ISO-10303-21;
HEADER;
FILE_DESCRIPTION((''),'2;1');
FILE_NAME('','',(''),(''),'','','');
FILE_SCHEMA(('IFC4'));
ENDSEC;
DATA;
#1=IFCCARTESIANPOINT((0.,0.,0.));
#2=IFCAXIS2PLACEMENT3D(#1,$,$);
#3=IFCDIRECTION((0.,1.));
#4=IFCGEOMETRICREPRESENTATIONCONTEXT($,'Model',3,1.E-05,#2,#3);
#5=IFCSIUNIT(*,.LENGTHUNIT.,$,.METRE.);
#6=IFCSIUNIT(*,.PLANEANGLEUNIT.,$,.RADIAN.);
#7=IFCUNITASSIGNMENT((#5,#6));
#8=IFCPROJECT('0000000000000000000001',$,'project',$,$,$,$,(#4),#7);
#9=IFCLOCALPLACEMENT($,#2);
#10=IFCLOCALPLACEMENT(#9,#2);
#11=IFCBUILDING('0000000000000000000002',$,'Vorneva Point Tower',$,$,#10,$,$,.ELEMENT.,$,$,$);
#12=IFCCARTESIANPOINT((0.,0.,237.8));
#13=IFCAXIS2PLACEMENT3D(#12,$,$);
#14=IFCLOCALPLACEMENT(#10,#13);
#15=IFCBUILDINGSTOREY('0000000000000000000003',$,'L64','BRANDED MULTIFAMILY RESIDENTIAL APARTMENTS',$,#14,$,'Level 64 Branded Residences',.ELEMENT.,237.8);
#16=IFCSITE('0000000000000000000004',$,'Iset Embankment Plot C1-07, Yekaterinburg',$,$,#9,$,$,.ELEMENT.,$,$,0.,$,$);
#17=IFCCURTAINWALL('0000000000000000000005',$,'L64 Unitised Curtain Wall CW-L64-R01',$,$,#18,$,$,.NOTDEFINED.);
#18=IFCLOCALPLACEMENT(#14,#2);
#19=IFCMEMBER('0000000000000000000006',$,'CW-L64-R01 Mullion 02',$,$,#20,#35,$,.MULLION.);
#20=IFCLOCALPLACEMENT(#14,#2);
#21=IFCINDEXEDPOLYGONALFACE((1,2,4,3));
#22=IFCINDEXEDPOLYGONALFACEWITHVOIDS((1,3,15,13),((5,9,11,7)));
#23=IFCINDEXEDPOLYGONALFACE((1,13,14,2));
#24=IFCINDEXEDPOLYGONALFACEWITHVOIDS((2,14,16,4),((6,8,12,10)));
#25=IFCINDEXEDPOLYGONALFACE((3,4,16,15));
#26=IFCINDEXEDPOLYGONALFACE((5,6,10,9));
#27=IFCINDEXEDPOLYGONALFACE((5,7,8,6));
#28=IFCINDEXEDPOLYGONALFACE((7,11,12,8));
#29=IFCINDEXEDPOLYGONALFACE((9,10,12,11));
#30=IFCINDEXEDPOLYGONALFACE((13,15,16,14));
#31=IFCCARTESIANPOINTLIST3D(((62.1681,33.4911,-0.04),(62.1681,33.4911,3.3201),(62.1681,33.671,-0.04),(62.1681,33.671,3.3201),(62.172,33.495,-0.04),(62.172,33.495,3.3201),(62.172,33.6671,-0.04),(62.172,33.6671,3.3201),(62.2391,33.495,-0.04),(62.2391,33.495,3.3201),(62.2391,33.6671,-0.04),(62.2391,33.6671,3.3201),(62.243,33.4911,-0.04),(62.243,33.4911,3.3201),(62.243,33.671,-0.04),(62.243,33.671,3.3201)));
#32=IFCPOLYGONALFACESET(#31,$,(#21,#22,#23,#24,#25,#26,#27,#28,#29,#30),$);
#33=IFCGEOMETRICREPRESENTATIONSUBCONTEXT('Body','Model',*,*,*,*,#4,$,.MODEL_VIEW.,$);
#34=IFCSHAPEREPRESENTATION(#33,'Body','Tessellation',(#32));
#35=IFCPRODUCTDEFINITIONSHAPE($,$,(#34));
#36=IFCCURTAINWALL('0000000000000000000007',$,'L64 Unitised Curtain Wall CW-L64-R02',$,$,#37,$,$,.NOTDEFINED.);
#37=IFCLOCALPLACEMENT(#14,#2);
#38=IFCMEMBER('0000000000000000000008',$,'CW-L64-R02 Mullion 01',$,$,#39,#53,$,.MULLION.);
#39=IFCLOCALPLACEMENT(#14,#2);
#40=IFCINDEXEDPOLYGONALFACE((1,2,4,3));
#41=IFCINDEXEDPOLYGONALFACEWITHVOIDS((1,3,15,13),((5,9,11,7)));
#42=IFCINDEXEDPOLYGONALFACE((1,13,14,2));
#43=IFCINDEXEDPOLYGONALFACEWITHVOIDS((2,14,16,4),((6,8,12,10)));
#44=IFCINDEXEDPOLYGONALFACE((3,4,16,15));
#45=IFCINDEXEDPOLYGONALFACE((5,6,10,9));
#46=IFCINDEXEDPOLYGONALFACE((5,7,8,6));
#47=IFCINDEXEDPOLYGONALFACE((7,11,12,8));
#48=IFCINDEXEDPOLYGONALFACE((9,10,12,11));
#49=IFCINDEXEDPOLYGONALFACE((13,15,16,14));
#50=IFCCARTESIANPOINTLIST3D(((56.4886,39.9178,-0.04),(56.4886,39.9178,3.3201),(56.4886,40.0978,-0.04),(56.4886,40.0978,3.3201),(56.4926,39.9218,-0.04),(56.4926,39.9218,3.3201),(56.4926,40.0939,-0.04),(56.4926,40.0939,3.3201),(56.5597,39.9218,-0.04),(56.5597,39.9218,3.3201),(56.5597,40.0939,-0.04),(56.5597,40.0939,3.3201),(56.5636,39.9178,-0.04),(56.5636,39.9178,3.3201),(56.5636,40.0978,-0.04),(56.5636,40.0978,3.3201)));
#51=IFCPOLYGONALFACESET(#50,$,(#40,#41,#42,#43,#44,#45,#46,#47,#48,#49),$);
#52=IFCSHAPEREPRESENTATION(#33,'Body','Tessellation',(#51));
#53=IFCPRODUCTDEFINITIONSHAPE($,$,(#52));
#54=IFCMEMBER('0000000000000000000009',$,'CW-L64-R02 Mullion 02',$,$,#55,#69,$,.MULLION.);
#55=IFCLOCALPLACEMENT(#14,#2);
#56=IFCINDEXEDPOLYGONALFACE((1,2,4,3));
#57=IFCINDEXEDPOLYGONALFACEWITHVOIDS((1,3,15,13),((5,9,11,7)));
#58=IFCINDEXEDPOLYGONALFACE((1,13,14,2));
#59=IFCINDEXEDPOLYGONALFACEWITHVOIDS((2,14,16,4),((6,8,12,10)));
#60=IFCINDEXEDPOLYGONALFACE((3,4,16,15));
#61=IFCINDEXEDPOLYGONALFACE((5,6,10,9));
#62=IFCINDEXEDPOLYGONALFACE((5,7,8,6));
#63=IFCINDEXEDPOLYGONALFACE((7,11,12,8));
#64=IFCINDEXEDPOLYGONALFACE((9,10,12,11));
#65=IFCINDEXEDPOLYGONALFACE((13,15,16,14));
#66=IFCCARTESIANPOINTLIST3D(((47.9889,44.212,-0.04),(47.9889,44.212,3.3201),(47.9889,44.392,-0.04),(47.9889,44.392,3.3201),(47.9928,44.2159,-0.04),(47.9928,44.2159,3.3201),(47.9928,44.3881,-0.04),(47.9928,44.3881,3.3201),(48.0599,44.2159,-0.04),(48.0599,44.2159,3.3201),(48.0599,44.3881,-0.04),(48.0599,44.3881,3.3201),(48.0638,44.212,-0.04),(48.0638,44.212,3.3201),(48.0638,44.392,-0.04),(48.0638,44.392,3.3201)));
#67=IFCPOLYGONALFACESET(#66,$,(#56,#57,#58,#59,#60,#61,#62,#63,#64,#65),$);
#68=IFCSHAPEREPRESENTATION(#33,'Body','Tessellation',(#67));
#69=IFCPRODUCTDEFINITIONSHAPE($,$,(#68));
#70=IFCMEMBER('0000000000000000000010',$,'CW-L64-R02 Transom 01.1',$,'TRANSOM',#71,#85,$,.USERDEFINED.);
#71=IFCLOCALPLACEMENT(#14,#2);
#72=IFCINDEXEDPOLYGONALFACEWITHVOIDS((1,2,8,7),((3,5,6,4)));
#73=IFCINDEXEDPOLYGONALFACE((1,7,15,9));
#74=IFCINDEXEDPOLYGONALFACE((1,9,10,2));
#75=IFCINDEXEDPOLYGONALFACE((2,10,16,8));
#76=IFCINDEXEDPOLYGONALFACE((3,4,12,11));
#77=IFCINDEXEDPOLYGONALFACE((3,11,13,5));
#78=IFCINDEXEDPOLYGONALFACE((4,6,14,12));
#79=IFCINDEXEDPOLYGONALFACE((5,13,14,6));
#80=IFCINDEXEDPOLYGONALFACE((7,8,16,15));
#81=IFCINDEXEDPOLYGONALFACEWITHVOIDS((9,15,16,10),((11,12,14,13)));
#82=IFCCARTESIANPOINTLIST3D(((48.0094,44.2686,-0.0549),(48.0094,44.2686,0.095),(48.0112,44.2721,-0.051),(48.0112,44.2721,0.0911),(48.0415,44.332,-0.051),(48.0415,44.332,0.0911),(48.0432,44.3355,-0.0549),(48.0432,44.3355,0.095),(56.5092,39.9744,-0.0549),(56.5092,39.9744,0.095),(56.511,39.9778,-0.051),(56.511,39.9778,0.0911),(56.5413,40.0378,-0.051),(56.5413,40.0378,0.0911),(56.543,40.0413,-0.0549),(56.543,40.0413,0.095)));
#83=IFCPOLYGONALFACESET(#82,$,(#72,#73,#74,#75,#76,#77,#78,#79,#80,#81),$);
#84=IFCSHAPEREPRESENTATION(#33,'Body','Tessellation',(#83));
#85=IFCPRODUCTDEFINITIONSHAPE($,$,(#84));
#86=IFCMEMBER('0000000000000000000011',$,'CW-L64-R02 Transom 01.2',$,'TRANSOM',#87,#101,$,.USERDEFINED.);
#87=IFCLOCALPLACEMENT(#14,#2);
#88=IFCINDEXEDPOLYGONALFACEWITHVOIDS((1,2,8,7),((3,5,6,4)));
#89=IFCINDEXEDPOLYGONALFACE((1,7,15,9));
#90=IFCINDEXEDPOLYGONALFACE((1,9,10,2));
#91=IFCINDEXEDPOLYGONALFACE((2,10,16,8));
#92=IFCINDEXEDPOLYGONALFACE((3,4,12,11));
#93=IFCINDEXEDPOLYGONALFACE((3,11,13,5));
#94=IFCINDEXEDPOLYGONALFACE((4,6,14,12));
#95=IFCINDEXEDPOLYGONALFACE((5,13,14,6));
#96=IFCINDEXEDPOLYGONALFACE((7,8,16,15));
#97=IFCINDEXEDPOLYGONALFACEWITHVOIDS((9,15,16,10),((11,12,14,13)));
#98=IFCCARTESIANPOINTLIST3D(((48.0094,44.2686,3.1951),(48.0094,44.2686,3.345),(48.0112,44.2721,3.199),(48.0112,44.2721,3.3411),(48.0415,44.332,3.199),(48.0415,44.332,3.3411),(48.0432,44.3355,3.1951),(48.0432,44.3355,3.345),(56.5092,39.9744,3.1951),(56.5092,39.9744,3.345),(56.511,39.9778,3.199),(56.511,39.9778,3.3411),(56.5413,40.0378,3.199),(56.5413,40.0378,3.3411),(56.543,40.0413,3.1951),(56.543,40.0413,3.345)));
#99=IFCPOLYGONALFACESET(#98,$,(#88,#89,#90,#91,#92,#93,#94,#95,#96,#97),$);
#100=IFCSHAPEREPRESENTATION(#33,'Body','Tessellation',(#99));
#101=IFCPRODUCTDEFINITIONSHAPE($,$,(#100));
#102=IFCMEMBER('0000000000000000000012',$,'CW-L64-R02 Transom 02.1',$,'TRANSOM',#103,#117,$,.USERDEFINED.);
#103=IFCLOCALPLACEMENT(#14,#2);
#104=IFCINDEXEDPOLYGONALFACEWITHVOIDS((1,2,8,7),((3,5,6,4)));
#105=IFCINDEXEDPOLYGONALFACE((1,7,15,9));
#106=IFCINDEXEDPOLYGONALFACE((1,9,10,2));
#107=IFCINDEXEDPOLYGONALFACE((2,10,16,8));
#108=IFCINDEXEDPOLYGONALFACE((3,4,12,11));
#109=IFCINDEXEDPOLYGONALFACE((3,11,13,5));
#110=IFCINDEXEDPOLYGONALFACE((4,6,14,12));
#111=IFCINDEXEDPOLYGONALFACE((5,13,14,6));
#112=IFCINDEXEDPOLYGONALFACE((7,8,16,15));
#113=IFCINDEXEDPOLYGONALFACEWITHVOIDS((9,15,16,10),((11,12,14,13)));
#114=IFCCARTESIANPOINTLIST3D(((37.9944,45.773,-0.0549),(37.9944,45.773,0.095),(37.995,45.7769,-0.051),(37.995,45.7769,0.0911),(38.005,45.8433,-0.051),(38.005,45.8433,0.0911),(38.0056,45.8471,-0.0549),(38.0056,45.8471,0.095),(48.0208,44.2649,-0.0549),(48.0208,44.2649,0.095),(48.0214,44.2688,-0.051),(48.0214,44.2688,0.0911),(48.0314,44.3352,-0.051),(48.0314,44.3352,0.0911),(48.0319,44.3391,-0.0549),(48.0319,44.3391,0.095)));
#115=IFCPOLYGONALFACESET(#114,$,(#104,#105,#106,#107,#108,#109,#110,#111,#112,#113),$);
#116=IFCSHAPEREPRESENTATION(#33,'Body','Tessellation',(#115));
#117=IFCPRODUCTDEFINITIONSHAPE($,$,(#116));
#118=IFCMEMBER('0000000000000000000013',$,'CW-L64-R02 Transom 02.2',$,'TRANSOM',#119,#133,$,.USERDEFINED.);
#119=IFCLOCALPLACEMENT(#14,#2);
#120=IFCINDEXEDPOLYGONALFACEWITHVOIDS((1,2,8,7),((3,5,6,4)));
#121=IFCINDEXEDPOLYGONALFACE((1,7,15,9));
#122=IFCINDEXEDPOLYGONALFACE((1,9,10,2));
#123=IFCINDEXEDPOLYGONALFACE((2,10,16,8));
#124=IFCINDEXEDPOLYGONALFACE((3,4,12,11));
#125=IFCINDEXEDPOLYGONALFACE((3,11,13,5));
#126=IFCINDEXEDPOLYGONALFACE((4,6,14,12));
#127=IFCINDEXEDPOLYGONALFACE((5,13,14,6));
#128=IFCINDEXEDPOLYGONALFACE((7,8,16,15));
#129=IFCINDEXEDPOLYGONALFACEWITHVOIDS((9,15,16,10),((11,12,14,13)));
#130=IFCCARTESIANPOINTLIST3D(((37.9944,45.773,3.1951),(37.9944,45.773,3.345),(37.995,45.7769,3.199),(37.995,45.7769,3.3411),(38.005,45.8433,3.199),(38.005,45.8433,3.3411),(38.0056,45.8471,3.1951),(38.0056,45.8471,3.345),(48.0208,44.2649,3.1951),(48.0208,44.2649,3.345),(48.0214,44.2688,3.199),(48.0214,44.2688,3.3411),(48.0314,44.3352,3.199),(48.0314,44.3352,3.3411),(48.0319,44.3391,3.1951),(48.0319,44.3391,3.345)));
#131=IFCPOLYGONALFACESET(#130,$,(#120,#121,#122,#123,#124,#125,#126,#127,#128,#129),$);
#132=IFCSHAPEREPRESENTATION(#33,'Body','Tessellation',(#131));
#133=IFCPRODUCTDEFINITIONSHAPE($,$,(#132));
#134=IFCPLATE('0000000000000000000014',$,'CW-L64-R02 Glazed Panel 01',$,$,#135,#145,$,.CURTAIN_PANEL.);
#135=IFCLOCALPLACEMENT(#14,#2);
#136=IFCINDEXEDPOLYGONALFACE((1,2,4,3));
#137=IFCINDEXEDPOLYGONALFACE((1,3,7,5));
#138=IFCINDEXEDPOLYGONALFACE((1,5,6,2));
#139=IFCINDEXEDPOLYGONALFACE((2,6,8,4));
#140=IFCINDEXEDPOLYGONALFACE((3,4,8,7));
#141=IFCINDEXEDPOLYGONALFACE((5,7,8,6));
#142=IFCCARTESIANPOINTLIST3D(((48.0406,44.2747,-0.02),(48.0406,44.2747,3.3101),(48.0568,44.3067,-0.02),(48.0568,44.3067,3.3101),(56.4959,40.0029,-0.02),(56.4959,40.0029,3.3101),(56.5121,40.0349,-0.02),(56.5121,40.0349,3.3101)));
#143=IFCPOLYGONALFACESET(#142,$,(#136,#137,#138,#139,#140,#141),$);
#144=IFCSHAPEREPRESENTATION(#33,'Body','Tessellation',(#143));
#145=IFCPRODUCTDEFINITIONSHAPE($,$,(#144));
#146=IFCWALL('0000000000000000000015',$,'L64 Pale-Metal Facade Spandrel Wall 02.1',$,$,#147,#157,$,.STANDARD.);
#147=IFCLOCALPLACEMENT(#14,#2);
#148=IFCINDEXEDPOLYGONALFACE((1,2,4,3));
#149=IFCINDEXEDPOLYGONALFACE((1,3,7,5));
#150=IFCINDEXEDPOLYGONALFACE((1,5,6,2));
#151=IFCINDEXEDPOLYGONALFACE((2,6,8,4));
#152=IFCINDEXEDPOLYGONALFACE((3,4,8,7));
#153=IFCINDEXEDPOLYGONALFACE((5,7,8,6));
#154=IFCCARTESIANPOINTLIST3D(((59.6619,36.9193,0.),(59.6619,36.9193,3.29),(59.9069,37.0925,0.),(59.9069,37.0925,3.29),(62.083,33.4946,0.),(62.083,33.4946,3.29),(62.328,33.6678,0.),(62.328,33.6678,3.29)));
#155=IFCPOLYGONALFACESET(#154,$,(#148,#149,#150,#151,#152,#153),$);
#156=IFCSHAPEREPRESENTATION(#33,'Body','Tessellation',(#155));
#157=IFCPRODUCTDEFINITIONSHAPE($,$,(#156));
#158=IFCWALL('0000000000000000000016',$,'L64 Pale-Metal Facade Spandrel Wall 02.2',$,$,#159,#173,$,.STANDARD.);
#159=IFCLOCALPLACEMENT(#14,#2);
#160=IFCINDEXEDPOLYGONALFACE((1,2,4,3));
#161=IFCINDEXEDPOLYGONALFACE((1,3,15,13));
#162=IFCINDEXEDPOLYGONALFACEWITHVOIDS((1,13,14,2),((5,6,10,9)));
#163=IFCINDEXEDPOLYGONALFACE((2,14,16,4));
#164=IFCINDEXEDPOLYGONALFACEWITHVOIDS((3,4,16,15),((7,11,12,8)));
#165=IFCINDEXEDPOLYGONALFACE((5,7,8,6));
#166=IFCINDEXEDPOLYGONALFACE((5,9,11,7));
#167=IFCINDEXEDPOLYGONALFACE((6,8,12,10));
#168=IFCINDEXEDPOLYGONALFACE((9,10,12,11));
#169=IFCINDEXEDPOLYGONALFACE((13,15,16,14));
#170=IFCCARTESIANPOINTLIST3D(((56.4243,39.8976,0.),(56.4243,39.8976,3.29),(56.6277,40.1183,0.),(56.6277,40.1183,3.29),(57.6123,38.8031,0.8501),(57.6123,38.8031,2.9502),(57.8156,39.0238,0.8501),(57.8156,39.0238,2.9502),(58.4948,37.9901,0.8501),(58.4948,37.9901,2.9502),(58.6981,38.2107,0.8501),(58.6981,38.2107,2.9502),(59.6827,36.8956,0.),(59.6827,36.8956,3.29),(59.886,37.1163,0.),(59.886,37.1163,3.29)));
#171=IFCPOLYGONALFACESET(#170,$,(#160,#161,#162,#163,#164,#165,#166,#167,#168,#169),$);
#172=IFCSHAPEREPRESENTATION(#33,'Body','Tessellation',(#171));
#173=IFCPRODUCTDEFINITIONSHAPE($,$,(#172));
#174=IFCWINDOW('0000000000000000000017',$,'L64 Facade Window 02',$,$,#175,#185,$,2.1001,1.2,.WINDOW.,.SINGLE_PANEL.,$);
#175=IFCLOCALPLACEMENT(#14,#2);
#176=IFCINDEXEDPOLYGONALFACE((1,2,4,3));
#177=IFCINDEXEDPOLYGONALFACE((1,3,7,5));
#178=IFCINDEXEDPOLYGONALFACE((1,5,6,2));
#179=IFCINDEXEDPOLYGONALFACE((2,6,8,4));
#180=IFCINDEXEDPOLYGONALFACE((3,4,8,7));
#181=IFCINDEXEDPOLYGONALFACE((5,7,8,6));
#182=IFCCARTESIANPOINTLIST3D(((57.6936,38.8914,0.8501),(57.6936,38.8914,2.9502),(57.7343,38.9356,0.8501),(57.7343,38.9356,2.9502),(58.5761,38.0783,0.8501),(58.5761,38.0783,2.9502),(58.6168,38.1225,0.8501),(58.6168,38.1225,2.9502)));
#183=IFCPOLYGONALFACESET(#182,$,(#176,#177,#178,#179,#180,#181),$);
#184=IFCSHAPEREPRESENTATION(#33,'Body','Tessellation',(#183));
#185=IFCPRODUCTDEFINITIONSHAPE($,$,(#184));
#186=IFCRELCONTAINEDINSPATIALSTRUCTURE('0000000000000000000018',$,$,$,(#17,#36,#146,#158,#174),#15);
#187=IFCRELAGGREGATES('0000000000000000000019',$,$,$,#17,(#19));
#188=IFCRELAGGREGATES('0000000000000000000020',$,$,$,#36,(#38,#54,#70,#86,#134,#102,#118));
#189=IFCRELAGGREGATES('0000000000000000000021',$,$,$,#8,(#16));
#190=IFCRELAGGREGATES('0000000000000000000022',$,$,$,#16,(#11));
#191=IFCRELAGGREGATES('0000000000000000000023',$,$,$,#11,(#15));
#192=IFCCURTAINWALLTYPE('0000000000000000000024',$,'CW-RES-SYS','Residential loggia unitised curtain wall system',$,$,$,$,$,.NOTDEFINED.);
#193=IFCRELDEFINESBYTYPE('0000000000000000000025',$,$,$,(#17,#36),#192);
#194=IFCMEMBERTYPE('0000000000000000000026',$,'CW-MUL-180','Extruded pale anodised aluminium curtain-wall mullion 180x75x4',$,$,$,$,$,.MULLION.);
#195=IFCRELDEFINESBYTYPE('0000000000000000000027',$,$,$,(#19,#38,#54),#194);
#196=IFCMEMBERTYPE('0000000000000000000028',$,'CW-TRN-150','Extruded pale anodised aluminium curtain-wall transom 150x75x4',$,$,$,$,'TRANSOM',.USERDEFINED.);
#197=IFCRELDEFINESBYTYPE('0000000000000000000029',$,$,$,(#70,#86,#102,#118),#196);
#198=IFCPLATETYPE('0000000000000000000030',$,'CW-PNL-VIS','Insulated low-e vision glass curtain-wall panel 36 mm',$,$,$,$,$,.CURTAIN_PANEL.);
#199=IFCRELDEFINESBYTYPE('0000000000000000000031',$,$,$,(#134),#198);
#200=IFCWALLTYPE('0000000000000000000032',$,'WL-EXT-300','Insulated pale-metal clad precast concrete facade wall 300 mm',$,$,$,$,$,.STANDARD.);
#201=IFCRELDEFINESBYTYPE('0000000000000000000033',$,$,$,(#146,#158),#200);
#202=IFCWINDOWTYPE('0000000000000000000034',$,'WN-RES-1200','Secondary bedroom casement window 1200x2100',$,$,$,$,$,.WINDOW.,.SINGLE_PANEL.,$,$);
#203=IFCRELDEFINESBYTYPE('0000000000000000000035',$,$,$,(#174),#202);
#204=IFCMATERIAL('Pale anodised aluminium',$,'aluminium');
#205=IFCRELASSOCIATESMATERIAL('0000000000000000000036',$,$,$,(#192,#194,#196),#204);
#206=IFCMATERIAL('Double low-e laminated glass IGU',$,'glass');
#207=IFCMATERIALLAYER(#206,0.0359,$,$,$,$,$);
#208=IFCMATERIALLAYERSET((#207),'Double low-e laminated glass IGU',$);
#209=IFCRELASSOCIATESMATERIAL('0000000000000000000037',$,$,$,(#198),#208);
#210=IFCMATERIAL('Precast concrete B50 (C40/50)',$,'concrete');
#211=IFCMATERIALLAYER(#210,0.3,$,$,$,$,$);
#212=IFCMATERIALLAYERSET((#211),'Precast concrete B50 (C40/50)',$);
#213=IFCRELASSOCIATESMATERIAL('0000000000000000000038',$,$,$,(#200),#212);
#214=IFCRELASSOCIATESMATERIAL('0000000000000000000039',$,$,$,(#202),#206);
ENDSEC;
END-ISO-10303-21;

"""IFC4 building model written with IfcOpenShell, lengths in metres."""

from ifc_helpers import new_model, si_unit, direction, frame, frame_2d, origin, origin_2d, place, context, subcontext, project, spatial, rectangle, hollow_rectangle, extrude, material, layer, layer_set, material_profile, profile_set, type_object, element, fill, aggregate, save


model = new_model("IFC4")

# Units and contexts
model_context = context("Model", 3, precision=1e-05, world=origin(), true_north=direction((0.0, 1.0)))
body_context = subcontext(model_context, "Body", "Model", "MODEL_VIEW")
ifc_project = project(units=[si_unit("LENGTHUNIT", "METRE"), si_unit("PLANEANGLEUNIT", "RADIAN")], contexts=[model_context])

# Site, building, storey
site_placement = place(None, origin())
site = spatial("IfcSite", under=ifc_project, at=site_placement, Name="Iset Embankment Plot C1-07, Yekaterinburg", CompositionType="ELEMENT", RefElevation=0.0)
building_placement = place(site_placement, origin())
building = spatial("IfcBuilding", under=site, at=building_placement, Name="Vorneva Point Tower", CompositionType="ELEMENT")
storey_placement = place(building_placement, frame((0.0, 0.0, 237.8)))
storey = spatial("IfcBuildingStorey", under=building, at=storey_placement, Name="L64", Description="BRANDED MULTIFAMILY RESIDENTIAL APARTMENTS", LongName="Level 64 Branded Residences", CompositionType="ELEMENT", Elevation=237.8)

# Curtain wall, member
ifc_material_1 = material(Name="Pale anodised aluminium", Category="aluminium")
curtain_wall_type = type_object("IfcCurtainWallType", Name="CW-RES-SYS", Description="Residential loggia unitised curtain wall system", PredefinedType="NOTDEFINED", material=ifc_material_1)
curtain_wall_1_placement = place(storey_placement, origin())
curtain_wall_1 = element("IfcCurtainWall", 1, at=curtain_wall_1_placement, inside=storey, type_object=curtain_wall_type, Name="L64 Unitised Curtain Wall CW-L64-R01", PredefinedType="NOTDEFINED")
ifc_material_profile_1 = material_profile(ifc_material_1, hollow_rectangle(XDim=0.075, YDim=0.1799, WallThickness=0.0039, at=origin_2d()), Name="AL-MUL 180x75x4")
ifc_profile_set_1 = profile_set([ifc_material_profile_1], Name="Pale anodised aluminium")
member_type_1 = type_object("IfcMemberType", Name="CW-MUL-180", Description="Extruded pale anodised aluminium curtain-wall mullion 180x75x4", PredefinedType="MULLION", material=ifc_profile_set_1)
member_1_placement = place(storey_placement, frame((62.2056, 33.5811, -0.04), z_axis=(0.0, 0.0, 1.0), x_axis=(1.0, 0.0, 0.0)))
member_1 = element("IfcMember", 2, at=member_1_placement, type_object=member_type_1, Name="CW-L64-R01 Mullion 02", PredefinedType="MULLION", context=body_context, shape_type="SweptSolid", body=[
    extrude(hollow_rectangle(XDim=0.075, YDim=0.1799, WallThickness=0.0039, at=origin_2d()), origin(), (0.0, 0.0, 1.0), 3.3601),
])
aggregate(curtain_wall_1, [member_1])

# Curtain wall, members, plate
curtain_wall_2_placement = place(storey_placement, origin())
curtain_wall_2 = element("IfcCurtainWall", 3, at=curtain_wall_2_placement, inside=storey, type_object=curtain_wall_type, Name="L64 Unitised Curtain Wall CW-L64-R02", PredefinedType="NOTDEFINED")
member_2_placement = place(storey_placement, frame((56.5261, 40.0078, -0.04), z_axis=(0.0, 0.0, 1.0), x_axis=(1.0, 0.0, 0.0)))
member_2 = element("IfcMember", 4, at=member_2_placement, type_object=member_type_1, Name="CW-L64-R02 Mullion 01", PredefinedType="MULLION", context=body_context, shape_type="SweptSolid", body=[
    extrude(hollow_rectangle(XDim=0.075, YDim=0.1799, WallThickness=0.0039, at=origin_2d()), origin(), (0.0, 0.0, 1.0), 3.3601),
])
member_3_placement = place(storey_placement, frame((48.0264, 44.302, -0.04), z_axis=(0.0, 0.0, 1.0), x_axis=(1.0, 0.0, 0.0)))
member_3 = element("IfcMember", 5, at=member_3_placement, type_object=member_type_1, Name="CW-L64-R02 Mullion 02", PredefinedType="MULLION", context=body_context, shape_type="SweptSolid", body=[
    extrude(hollow_rectangle(XDim=0.075, YDim=0.1799, WallThickness=0.0039, at=origin_2d()), origin(), (0.0, 0.0, 1.0), 3.3601),
])
ifc_material_profile_2 = material_profile(ifc_material_1, hollow_rectangle(XDim=0.075, YDim=0.1499, WallThickness=0.0039, at=origin_2d()), Name="AL-TRN 150x75x4")
ifc_profile_set_2 = profile_set([ifc_material_profile_2], Name="Pale anodised aluminium")
member_type_2 = type_object("IfcMemberType", Name="CW-TRN-150", Description="Extruded pale anodised aluminium curtain-wall transom 150x75x4", ElementType="TRANSOM", PredefinedType="USERDEFINED", material=ifc_profile_set_2)
member_4_placement = place(storey_placement, frame((56.5261, 40.0078, 0.02), z_axis=(-0.892558, 0.450932, 0.0), x_axis=(-0.450932, -0.892558, 0.0)))
member_4 = element("IfcMember", 6, at=member_4_placement, type_object=member_type_2, Name="CW-L64-R02 Transom 01.1", ObjectType="TRANSOM", PredefinedType="USERDEFINED", context=body_context, shape_type="SweptSolid", body=[
    extrude(hollow_rectangle(XDim=0.075, YDim=0.1499, WallThickness=0.0039, at=origin_2d()), origin(), (0.0, 0.0, 1.0), 9.5229),
])
member_5_placement = place(storey_placement, frame((56.5261, 40.0078, 3.27), z_axis=(-0.892558, 0.450932, 0.0), x_axis=(-0.450932, -0.892558, 0.0)))
member_5 = element("IfcMember", 7, at=member_5_placement, type_object=member_type_2, Name="CW-L64-R02 Transom 01.2", ObjectType="TRANSOM", PredefinedType="USERDEFINED", context=body_context, shape_type="SweptSolid", body=[
    extrude(hollow_rectangle(XDim=0.075, YDim=0.1499, WallThickness=0.0039, at=origin_2d()), origin(), (0.0, 0.0, 1.0), 9.5229),
])
member_6_placement = place(storey_placement, frame((48.0264, 44.302, 0.02), z_axis=(-0.988877, 0.148736, 0.0), x_axis=(-0.148736, -0.988877, 0.0)))
member_6 = element("IfcMember", 8, at=member_6_placement, type_object=member_type_2, Name="CW-L64-R02 Transom 02.1", ObjectType="TRANSOM", PredefinedType="USERDEFINED", context=body_context, shape_type="SweptSolid", body=[
    extrude(hollow_rectangle(XDim=0.075, YDim=0.1499, WallThickness=0.0039, at=origin_2d()), origin(), (0.0, 0.0, 1.0), 10.1392),
])
member_7_placement = place(storey_placement, frame((48.0264, 44.302, 3.27), z_axis=(-0.988877, 0.148736, 0.0), x_axis=(-0.148736, -0.988877, 0.0)))
member_7 = element("IfcMember", 9, at=member_7_placement, type_object=member_type_2, Name="CW-L64-R02 Transom 02.2", ObjectType="TRANSOM", PredefinedType="USERDEFINED", context=body_context, shape_type="SweptSolid", body=[
    extrude(hollow_rectangle(XDim=0.075, YDim=0.1499, WallThickness=0.0039, at=origin_2d()), origin(), (0.0, 0.0, 1.0), 10.1392),
])
ifc_material_2 = material(Name="Double low-e laminated glass IGU", Category="glass")
ifc_layer_1 = layer(ifc_material_2, 0.0359)
ifc_layer_set_1 = layer_set([ifc_layer_1], Name="Double low-e laminated glass IGU")
plate_type = type_object("IfcPlateType", Name="CW-PNL-VIS", Description="Insulated low-e vision glass curtain-wall panel 36 mm", PredefinedType="CURTAIN_PANEL", material=ifc_layer_set_1)
plate_placement = place(storey_placement, frame((52.2764, 42.1548, -0.02), z_axis=(0.0, 0.0, 1.0), x_axis=(-0.892554, 0.45094, 0.0)))
plate = element("IfcPlate", 10, at=plate_placement, type_object=plate_type, Name="CW-L64-R02 Glazed Panel 01", PredefinedType="CURTAIN_PANEL", context=body_context, shape_type="SweptSolid", body=[
    extrude(rectangle(XDim=9.4731, YDim=0.0359, at=origin_2d()), origin(), (0.0, 0.0, 1.0), 3.3301),
])
aggregate(curtain_wall_2, [member_2, member_3, member_4, member_5, plate, member_6, member_7])

# Wall
ifc_material_3 = material(Name="Precast concrete B50 (C40/50)", Category="concrete")
ifc_layer_2 = layer(ifc_material_3, 0.3)
ifc_layer_set_2 = layer_set([ifc_layer_2], Name="Precast concrete B50 (C40/50)")
wall_type_1 = type_object("IfcWallType", Name="WL-EXT-300", Description="Insulated pale-metal clad precast concrete facade wall 300 mm", PredefinedType="STANDARD", material=ifc_layer_set_2)
wall_1_placement = place(storey_placement, frame((62.2056, 33.5811, 0.0), z_axis=(0.0, 0.0, 1.0), x_axis=(-0.577261, 0.81656, 0.0)))
element("IfcWall", 11, at=wall_1_placement, inside=storey, type_object=wall_type_1, Name="L64 Pale-Metal Facade Spandrel Wall 02.1", PredefinedType="STANDARD", context=body_context, shape_type="SweptSolid", body=[
    extrude(rectangle(XDim=4.1941, YDim=0.3, at=frame_2d((2.0972, 0.0))), origin(), (0.0, 0.0, 1.0), 3.29),
])

# Wall, opening, window
wall_2_placement = place(storey_placement, frame((59.7844, 37.0059, 0.0), z_axis=(0.0, 0.0, 1.0), x_axis=(-0.735445, 0.677584, 0.0)))
wall_2 = element("IfcWall", 12, at=wall_2_placement, inside=storey, type_object=wall_type_1, Name="L64 Pale-Metal Facade Spandrel Wall 02.2", PredefinedType="STANDARD", context=body_context, shape_type="SweptSolid", body=[
    extrude(rectangle(XDim=4.4304, YDim=0.3, at=frame_2d((2.2153, 0.0))), origin(), (0.0, 0.0, 1.0), 3.29),
])
opening_placement = place(wall_2_placement, frame((1.6152, 0.0, 0.8501)))
opening = element("IfcOpeningElement", 13, at=opening_placement, cuts=wall_2, PredefinedType="OPENING", context=body_context, shape_type="SweptSolid", body=[
    extrude(rectangle(XDim=1.2, YDim=2.1001, at=frame_2d((0.6001, 1.05))), frame((0.0, 0.165, 0.0), z_axis=(0.0, -1.0, 0.0), x_axis=(1.0, 0.0, 0.0)), (0.0, 0.0, 1.0), 0.3298),
])
window_type = type_object("IfcWindowType", Name="WN-RES-1200", Description="Secondary bedroom casement window 1200x2100", PartitioningType="SINGLE_PANEL", PredefinedType="WINDOW", material=ifc_material_2)
window_placement = place(opening_placement, origin())
window = element("IfcWindow", 14, at=window_placement, inside=storey, type_object=window_type, Name="L64 Facade Window 02", OverallHeight=2.1001, OverallWidth=1.2, PartitioningType="SINGLE_PANEL", PredefinedType="WINDOW", context=body_context, shape_type="SweptSolid", body=[
    extrude(rectangle(XDim=1.2, YDim=2.1001, at=frame_2d((0.6001, 1.05))), frame((0.0, 0.03, 0.0), z_axis=(0.0, -1.0, 0.0), x_axis=(1.0, 0.0, 0.0)), (0.0, 0.0, 1.0), 0.0601),
])
fill(opening, window)

save(model, "model.ifc")
